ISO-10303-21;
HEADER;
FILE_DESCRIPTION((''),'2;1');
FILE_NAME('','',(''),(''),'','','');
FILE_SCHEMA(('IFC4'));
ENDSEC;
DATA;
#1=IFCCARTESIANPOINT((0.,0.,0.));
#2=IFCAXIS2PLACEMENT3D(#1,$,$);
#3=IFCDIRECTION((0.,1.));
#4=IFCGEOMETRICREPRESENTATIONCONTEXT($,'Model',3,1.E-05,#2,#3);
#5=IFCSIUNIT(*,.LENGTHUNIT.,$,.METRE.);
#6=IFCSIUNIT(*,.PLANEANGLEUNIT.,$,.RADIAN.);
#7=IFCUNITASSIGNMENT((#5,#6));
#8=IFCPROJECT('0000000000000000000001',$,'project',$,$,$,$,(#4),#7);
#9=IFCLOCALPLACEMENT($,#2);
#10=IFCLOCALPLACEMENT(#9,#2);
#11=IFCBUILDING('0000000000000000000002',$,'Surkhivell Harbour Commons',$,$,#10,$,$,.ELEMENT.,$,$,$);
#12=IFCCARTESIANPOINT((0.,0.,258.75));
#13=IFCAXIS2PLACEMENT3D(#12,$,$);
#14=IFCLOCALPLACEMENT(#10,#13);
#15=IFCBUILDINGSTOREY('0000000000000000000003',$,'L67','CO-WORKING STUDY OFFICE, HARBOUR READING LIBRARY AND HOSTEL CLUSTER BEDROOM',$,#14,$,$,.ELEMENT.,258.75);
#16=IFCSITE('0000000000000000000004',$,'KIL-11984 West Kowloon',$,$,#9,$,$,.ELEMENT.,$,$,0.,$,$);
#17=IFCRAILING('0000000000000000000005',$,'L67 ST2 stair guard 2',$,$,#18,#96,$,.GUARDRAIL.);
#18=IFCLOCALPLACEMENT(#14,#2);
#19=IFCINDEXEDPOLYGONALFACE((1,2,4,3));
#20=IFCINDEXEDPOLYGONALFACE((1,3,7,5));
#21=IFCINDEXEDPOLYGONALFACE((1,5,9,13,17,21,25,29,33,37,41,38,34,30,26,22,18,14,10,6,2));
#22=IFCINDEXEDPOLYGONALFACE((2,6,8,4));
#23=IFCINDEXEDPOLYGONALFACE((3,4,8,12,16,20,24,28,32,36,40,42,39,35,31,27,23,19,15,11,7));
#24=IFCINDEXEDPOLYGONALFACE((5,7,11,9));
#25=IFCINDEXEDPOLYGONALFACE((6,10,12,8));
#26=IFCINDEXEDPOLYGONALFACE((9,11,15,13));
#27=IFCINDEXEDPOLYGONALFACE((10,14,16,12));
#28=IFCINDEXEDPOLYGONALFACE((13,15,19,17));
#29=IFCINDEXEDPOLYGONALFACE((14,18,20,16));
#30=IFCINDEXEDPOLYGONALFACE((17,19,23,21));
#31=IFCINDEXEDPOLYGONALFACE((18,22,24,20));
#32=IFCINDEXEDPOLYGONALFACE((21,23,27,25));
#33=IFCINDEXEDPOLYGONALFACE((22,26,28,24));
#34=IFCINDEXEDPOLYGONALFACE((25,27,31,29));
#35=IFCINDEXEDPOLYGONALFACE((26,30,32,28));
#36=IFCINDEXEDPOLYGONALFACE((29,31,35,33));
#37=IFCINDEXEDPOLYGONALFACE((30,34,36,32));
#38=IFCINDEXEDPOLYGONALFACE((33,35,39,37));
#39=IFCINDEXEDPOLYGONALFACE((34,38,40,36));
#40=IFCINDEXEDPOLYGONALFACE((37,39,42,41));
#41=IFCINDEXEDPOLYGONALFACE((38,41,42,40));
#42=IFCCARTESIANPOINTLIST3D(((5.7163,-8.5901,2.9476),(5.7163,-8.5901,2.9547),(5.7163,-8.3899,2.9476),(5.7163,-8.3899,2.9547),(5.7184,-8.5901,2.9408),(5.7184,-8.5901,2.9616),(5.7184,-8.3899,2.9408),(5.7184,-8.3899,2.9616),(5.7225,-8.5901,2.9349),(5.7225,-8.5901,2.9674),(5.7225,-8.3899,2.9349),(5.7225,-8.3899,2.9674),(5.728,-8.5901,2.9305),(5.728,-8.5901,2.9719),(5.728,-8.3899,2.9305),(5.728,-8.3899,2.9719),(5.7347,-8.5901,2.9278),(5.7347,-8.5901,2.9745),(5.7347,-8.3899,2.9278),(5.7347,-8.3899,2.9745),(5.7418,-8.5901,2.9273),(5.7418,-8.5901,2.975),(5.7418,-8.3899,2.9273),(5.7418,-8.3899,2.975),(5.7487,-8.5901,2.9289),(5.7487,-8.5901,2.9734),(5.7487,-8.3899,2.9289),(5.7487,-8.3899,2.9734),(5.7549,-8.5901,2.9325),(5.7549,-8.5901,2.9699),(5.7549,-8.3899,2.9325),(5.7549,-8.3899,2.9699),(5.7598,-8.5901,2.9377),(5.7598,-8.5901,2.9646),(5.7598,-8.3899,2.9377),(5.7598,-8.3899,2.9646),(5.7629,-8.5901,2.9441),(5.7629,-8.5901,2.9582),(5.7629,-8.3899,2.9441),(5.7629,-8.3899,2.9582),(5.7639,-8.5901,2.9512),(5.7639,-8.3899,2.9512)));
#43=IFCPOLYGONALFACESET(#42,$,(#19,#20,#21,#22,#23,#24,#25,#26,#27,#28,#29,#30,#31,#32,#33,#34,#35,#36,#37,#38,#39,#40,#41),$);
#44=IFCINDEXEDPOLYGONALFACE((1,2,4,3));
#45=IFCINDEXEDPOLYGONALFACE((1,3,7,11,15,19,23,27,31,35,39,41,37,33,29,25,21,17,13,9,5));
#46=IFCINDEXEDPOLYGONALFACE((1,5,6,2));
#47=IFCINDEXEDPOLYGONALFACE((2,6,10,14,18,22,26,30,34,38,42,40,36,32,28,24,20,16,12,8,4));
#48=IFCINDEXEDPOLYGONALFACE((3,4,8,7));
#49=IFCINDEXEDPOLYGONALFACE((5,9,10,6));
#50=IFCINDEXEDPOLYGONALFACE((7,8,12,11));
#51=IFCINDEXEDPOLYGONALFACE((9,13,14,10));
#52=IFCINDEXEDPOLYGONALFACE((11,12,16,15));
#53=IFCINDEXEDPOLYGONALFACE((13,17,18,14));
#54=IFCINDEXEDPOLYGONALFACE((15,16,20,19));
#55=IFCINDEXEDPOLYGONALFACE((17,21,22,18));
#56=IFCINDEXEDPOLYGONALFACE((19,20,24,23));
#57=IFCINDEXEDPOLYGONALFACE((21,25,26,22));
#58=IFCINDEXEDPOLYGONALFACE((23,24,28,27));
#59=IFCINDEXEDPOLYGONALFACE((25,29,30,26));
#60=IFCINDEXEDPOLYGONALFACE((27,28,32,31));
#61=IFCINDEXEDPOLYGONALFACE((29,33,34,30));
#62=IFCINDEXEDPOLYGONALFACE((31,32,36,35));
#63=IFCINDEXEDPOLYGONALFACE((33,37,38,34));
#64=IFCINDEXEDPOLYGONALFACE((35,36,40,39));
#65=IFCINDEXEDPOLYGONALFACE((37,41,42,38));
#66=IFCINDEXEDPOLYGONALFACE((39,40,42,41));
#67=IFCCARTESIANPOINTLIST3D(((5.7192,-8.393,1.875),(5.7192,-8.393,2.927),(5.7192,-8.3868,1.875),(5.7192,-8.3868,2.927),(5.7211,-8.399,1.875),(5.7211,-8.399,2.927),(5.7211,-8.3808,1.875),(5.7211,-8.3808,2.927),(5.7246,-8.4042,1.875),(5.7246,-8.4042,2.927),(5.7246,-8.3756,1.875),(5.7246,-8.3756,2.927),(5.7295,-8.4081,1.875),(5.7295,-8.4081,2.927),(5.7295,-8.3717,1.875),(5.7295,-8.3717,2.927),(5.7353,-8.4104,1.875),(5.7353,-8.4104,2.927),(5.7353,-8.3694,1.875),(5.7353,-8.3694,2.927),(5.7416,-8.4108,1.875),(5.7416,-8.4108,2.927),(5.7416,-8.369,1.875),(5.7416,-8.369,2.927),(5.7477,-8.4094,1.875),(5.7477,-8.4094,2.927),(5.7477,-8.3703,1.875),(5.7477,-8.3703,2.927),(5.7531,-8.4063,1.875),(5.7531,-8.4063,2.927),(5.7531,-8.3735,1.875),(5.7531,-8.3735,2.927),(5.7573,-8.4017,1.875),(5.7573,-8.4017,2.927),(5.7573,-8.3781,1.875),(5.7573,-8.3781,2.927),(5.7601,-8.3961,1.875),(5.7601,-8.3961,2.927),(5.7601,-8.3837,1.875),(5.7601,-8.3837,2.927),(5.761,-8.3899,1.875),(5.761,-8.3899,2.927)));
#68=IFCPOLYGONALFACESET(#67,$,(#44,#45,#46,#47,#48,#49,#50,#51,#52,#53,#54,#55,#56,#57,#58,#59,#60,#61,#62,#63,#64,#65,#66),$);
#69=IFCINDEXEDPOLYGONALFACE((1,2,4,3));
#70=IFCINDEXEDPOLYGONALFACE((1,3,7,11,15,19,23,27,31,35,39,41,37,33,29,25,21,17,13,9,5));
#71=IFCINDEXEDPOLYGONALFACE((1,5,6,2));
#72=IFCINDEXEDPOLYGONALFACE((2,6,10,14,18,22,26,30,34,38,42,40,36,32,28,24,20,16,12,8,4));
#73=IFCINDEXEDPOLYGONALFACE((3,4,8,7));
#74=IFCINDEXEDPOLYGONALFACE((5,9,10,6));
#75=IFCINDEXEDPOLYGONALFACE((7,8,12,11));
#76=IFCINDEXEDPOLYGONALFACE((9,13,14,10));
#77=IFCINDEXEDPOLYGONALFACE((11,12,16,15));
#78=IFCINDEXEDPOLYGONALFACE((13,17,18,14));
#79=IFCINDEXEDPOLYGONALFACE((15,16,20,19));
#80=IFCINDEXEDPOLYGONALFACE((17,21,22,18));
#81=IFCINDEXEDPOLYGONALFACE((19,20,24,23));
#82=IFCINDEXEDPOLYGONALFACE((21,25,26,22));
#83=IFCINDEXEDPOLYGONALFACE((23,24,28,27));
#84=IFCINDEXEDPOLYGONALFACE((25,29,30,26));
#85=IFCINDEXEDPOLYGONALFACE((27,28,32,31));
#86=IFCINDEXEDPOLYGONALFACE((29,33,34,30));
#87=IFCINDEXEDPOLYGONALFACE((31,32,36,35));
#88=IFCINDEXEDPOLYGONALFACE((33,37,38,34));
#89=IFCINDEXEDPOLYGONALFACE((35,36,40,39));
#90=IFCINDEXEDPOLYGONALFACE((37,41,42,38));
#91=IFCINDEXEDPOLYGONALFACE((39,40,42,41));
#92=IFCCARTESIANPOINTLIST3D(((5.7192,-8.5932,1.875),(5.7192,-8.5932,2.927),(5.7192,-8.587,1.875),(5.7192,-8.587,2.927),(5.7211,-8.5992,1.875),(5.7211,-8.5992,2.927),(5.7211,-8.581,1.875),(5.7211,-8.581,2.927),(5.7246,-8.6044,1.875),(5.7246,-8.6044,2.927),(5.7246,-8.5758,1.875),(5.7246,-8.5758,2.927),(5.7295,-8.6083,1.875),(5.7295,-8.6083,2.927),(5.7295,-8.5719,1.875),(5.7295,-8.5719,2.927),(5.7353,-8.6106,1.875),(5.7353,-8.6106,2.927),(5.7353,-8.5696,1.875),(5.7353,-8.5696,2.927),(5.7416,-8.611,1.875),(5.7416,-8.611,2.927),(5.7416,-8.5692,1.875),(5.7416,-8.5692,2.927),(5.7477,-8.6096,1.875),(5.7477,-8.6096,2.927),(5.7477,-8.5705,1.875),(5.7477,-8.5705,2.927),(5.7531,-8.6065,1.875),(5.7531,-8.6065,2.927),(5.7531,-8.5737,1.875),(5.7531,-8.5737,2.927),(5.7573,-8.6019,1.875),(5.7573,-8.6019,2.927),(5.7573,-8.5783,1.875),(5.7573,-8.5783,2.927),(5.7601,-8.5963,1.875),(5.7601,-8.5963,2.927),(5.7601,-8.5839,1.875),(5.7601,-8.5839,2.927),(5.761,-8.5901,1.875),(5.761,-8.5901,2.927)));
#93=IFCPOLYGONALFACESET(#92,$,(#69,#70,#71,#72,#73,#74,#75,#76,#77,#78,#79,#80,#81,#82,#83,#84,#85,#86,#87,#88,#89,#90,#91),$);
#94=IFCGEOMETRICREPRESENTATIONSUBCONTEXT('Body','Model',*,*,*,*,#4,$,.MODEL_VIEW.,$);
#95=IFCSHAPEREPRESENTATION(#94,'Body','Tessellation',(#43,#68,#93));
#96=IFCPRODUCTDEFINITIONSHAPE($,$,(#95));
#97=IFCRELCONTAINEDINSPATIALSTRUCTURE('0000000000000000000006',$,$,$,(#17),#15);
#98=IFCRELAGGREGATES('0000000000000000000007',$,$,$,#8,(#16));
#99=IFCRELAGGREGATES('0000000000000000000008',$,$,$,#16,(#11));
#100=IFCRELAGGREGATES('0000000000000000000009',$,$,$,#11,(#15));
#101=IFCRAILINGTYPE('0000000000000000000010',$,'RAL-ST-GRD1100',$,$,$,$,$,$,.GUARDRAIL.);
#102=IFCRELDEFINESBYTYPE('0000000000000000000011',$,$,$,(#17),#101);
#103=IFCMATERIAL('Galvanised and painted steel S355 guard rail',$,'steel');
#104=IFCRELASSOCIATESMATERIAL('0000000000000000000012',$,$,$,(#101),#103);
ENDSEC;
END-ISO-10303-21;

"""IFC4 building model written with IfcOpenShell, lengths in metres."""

from ifc_helpers import new_model, si_unit, direction, frame, origin, origin_2d, place, context, subcontext, project, spatial, circle, extrude, material, type_object, element, save


model = new_model("IFC4")

# Units and contexts
model_context = context("Model", 3, precision=1e-05, world=origin(), true_north=direction((0.0, 1.0)))
body_context = subcontext(model_context, "Body", "Model", "MODEL_VIEW")
ifc_project = project(units=[si_unit("LENGTHUNIT", "METRE"), si_unit("PLANEANGLEUNIT", "RADIAN")], contexts=[model_context])

# Site, building, storey
site_placement = place(None, origin())
site = spatial("IfcSite", under=ifc_project, at=site_placement, Name="KIL-11984 West Kowloon", CompositionType="ELEMENT", RefElevation=0.0)
building_placement = place(site_placement, origin())
building = spatial("IfcBuilding", under=site, at=building_placement, Name="Surkhivell Harbour Commons", CompositionType="ELEMENT")
storey_placement = place(building_placement, frame((0.0, 0.0, 258.75)))
storey = spatial("IfcBuildingStorey", under=building, at=storey_placement, Name="L67", Description="CO-WORKING STUDY OFFICE, HARBOUR READING LIBRARY AND HOSTEL CLUSTER BEDROOM", CompositionType="ELEMENT", Elevation=258.75)

# Railing
ifc_material_1 = material(Name="Galvanised and painted steel S355 guard rail", Category="steel")
railing_type_1 = type_object("IfcRailingType", Name="RAL-ST-GRD1100", PredefinedType="GUARDRAIL", material=ifc_material_1)
railing_1_placement = place(storey_placement, frame((5.74, -8.3899, 1.875)))
element("IfcRailing", 1, at=railing_1_placement, inside=storey, type_object=railing_type_1, Name="L67 ST2 stair guard 2", PredefinedType="GUARDRAIL", context=body_context, shape_type="SweptSolid", body=[
    extrude(circle(Radius=0.0239, at=origin_2d()), frame((0.0, 0.0, 1.0762), z_axis=(0.0, -1.0, 0.0), x_axis=(1.0, 0.0, 0.0)), (0.0, 0.0, 1.0), 0.2002),
    extrude(circle(Radius=0.021, at=origin_2d()), origin(), (0.0, 0.0, 1.0), 1.052),
    extrude(circle(Radius=0.021, at=origin_2d()), frame((0.0, -0.2002, 0.0)), (0.0, 0.0, 1.0), 1.052),
])

save(model, "model.ifc")
